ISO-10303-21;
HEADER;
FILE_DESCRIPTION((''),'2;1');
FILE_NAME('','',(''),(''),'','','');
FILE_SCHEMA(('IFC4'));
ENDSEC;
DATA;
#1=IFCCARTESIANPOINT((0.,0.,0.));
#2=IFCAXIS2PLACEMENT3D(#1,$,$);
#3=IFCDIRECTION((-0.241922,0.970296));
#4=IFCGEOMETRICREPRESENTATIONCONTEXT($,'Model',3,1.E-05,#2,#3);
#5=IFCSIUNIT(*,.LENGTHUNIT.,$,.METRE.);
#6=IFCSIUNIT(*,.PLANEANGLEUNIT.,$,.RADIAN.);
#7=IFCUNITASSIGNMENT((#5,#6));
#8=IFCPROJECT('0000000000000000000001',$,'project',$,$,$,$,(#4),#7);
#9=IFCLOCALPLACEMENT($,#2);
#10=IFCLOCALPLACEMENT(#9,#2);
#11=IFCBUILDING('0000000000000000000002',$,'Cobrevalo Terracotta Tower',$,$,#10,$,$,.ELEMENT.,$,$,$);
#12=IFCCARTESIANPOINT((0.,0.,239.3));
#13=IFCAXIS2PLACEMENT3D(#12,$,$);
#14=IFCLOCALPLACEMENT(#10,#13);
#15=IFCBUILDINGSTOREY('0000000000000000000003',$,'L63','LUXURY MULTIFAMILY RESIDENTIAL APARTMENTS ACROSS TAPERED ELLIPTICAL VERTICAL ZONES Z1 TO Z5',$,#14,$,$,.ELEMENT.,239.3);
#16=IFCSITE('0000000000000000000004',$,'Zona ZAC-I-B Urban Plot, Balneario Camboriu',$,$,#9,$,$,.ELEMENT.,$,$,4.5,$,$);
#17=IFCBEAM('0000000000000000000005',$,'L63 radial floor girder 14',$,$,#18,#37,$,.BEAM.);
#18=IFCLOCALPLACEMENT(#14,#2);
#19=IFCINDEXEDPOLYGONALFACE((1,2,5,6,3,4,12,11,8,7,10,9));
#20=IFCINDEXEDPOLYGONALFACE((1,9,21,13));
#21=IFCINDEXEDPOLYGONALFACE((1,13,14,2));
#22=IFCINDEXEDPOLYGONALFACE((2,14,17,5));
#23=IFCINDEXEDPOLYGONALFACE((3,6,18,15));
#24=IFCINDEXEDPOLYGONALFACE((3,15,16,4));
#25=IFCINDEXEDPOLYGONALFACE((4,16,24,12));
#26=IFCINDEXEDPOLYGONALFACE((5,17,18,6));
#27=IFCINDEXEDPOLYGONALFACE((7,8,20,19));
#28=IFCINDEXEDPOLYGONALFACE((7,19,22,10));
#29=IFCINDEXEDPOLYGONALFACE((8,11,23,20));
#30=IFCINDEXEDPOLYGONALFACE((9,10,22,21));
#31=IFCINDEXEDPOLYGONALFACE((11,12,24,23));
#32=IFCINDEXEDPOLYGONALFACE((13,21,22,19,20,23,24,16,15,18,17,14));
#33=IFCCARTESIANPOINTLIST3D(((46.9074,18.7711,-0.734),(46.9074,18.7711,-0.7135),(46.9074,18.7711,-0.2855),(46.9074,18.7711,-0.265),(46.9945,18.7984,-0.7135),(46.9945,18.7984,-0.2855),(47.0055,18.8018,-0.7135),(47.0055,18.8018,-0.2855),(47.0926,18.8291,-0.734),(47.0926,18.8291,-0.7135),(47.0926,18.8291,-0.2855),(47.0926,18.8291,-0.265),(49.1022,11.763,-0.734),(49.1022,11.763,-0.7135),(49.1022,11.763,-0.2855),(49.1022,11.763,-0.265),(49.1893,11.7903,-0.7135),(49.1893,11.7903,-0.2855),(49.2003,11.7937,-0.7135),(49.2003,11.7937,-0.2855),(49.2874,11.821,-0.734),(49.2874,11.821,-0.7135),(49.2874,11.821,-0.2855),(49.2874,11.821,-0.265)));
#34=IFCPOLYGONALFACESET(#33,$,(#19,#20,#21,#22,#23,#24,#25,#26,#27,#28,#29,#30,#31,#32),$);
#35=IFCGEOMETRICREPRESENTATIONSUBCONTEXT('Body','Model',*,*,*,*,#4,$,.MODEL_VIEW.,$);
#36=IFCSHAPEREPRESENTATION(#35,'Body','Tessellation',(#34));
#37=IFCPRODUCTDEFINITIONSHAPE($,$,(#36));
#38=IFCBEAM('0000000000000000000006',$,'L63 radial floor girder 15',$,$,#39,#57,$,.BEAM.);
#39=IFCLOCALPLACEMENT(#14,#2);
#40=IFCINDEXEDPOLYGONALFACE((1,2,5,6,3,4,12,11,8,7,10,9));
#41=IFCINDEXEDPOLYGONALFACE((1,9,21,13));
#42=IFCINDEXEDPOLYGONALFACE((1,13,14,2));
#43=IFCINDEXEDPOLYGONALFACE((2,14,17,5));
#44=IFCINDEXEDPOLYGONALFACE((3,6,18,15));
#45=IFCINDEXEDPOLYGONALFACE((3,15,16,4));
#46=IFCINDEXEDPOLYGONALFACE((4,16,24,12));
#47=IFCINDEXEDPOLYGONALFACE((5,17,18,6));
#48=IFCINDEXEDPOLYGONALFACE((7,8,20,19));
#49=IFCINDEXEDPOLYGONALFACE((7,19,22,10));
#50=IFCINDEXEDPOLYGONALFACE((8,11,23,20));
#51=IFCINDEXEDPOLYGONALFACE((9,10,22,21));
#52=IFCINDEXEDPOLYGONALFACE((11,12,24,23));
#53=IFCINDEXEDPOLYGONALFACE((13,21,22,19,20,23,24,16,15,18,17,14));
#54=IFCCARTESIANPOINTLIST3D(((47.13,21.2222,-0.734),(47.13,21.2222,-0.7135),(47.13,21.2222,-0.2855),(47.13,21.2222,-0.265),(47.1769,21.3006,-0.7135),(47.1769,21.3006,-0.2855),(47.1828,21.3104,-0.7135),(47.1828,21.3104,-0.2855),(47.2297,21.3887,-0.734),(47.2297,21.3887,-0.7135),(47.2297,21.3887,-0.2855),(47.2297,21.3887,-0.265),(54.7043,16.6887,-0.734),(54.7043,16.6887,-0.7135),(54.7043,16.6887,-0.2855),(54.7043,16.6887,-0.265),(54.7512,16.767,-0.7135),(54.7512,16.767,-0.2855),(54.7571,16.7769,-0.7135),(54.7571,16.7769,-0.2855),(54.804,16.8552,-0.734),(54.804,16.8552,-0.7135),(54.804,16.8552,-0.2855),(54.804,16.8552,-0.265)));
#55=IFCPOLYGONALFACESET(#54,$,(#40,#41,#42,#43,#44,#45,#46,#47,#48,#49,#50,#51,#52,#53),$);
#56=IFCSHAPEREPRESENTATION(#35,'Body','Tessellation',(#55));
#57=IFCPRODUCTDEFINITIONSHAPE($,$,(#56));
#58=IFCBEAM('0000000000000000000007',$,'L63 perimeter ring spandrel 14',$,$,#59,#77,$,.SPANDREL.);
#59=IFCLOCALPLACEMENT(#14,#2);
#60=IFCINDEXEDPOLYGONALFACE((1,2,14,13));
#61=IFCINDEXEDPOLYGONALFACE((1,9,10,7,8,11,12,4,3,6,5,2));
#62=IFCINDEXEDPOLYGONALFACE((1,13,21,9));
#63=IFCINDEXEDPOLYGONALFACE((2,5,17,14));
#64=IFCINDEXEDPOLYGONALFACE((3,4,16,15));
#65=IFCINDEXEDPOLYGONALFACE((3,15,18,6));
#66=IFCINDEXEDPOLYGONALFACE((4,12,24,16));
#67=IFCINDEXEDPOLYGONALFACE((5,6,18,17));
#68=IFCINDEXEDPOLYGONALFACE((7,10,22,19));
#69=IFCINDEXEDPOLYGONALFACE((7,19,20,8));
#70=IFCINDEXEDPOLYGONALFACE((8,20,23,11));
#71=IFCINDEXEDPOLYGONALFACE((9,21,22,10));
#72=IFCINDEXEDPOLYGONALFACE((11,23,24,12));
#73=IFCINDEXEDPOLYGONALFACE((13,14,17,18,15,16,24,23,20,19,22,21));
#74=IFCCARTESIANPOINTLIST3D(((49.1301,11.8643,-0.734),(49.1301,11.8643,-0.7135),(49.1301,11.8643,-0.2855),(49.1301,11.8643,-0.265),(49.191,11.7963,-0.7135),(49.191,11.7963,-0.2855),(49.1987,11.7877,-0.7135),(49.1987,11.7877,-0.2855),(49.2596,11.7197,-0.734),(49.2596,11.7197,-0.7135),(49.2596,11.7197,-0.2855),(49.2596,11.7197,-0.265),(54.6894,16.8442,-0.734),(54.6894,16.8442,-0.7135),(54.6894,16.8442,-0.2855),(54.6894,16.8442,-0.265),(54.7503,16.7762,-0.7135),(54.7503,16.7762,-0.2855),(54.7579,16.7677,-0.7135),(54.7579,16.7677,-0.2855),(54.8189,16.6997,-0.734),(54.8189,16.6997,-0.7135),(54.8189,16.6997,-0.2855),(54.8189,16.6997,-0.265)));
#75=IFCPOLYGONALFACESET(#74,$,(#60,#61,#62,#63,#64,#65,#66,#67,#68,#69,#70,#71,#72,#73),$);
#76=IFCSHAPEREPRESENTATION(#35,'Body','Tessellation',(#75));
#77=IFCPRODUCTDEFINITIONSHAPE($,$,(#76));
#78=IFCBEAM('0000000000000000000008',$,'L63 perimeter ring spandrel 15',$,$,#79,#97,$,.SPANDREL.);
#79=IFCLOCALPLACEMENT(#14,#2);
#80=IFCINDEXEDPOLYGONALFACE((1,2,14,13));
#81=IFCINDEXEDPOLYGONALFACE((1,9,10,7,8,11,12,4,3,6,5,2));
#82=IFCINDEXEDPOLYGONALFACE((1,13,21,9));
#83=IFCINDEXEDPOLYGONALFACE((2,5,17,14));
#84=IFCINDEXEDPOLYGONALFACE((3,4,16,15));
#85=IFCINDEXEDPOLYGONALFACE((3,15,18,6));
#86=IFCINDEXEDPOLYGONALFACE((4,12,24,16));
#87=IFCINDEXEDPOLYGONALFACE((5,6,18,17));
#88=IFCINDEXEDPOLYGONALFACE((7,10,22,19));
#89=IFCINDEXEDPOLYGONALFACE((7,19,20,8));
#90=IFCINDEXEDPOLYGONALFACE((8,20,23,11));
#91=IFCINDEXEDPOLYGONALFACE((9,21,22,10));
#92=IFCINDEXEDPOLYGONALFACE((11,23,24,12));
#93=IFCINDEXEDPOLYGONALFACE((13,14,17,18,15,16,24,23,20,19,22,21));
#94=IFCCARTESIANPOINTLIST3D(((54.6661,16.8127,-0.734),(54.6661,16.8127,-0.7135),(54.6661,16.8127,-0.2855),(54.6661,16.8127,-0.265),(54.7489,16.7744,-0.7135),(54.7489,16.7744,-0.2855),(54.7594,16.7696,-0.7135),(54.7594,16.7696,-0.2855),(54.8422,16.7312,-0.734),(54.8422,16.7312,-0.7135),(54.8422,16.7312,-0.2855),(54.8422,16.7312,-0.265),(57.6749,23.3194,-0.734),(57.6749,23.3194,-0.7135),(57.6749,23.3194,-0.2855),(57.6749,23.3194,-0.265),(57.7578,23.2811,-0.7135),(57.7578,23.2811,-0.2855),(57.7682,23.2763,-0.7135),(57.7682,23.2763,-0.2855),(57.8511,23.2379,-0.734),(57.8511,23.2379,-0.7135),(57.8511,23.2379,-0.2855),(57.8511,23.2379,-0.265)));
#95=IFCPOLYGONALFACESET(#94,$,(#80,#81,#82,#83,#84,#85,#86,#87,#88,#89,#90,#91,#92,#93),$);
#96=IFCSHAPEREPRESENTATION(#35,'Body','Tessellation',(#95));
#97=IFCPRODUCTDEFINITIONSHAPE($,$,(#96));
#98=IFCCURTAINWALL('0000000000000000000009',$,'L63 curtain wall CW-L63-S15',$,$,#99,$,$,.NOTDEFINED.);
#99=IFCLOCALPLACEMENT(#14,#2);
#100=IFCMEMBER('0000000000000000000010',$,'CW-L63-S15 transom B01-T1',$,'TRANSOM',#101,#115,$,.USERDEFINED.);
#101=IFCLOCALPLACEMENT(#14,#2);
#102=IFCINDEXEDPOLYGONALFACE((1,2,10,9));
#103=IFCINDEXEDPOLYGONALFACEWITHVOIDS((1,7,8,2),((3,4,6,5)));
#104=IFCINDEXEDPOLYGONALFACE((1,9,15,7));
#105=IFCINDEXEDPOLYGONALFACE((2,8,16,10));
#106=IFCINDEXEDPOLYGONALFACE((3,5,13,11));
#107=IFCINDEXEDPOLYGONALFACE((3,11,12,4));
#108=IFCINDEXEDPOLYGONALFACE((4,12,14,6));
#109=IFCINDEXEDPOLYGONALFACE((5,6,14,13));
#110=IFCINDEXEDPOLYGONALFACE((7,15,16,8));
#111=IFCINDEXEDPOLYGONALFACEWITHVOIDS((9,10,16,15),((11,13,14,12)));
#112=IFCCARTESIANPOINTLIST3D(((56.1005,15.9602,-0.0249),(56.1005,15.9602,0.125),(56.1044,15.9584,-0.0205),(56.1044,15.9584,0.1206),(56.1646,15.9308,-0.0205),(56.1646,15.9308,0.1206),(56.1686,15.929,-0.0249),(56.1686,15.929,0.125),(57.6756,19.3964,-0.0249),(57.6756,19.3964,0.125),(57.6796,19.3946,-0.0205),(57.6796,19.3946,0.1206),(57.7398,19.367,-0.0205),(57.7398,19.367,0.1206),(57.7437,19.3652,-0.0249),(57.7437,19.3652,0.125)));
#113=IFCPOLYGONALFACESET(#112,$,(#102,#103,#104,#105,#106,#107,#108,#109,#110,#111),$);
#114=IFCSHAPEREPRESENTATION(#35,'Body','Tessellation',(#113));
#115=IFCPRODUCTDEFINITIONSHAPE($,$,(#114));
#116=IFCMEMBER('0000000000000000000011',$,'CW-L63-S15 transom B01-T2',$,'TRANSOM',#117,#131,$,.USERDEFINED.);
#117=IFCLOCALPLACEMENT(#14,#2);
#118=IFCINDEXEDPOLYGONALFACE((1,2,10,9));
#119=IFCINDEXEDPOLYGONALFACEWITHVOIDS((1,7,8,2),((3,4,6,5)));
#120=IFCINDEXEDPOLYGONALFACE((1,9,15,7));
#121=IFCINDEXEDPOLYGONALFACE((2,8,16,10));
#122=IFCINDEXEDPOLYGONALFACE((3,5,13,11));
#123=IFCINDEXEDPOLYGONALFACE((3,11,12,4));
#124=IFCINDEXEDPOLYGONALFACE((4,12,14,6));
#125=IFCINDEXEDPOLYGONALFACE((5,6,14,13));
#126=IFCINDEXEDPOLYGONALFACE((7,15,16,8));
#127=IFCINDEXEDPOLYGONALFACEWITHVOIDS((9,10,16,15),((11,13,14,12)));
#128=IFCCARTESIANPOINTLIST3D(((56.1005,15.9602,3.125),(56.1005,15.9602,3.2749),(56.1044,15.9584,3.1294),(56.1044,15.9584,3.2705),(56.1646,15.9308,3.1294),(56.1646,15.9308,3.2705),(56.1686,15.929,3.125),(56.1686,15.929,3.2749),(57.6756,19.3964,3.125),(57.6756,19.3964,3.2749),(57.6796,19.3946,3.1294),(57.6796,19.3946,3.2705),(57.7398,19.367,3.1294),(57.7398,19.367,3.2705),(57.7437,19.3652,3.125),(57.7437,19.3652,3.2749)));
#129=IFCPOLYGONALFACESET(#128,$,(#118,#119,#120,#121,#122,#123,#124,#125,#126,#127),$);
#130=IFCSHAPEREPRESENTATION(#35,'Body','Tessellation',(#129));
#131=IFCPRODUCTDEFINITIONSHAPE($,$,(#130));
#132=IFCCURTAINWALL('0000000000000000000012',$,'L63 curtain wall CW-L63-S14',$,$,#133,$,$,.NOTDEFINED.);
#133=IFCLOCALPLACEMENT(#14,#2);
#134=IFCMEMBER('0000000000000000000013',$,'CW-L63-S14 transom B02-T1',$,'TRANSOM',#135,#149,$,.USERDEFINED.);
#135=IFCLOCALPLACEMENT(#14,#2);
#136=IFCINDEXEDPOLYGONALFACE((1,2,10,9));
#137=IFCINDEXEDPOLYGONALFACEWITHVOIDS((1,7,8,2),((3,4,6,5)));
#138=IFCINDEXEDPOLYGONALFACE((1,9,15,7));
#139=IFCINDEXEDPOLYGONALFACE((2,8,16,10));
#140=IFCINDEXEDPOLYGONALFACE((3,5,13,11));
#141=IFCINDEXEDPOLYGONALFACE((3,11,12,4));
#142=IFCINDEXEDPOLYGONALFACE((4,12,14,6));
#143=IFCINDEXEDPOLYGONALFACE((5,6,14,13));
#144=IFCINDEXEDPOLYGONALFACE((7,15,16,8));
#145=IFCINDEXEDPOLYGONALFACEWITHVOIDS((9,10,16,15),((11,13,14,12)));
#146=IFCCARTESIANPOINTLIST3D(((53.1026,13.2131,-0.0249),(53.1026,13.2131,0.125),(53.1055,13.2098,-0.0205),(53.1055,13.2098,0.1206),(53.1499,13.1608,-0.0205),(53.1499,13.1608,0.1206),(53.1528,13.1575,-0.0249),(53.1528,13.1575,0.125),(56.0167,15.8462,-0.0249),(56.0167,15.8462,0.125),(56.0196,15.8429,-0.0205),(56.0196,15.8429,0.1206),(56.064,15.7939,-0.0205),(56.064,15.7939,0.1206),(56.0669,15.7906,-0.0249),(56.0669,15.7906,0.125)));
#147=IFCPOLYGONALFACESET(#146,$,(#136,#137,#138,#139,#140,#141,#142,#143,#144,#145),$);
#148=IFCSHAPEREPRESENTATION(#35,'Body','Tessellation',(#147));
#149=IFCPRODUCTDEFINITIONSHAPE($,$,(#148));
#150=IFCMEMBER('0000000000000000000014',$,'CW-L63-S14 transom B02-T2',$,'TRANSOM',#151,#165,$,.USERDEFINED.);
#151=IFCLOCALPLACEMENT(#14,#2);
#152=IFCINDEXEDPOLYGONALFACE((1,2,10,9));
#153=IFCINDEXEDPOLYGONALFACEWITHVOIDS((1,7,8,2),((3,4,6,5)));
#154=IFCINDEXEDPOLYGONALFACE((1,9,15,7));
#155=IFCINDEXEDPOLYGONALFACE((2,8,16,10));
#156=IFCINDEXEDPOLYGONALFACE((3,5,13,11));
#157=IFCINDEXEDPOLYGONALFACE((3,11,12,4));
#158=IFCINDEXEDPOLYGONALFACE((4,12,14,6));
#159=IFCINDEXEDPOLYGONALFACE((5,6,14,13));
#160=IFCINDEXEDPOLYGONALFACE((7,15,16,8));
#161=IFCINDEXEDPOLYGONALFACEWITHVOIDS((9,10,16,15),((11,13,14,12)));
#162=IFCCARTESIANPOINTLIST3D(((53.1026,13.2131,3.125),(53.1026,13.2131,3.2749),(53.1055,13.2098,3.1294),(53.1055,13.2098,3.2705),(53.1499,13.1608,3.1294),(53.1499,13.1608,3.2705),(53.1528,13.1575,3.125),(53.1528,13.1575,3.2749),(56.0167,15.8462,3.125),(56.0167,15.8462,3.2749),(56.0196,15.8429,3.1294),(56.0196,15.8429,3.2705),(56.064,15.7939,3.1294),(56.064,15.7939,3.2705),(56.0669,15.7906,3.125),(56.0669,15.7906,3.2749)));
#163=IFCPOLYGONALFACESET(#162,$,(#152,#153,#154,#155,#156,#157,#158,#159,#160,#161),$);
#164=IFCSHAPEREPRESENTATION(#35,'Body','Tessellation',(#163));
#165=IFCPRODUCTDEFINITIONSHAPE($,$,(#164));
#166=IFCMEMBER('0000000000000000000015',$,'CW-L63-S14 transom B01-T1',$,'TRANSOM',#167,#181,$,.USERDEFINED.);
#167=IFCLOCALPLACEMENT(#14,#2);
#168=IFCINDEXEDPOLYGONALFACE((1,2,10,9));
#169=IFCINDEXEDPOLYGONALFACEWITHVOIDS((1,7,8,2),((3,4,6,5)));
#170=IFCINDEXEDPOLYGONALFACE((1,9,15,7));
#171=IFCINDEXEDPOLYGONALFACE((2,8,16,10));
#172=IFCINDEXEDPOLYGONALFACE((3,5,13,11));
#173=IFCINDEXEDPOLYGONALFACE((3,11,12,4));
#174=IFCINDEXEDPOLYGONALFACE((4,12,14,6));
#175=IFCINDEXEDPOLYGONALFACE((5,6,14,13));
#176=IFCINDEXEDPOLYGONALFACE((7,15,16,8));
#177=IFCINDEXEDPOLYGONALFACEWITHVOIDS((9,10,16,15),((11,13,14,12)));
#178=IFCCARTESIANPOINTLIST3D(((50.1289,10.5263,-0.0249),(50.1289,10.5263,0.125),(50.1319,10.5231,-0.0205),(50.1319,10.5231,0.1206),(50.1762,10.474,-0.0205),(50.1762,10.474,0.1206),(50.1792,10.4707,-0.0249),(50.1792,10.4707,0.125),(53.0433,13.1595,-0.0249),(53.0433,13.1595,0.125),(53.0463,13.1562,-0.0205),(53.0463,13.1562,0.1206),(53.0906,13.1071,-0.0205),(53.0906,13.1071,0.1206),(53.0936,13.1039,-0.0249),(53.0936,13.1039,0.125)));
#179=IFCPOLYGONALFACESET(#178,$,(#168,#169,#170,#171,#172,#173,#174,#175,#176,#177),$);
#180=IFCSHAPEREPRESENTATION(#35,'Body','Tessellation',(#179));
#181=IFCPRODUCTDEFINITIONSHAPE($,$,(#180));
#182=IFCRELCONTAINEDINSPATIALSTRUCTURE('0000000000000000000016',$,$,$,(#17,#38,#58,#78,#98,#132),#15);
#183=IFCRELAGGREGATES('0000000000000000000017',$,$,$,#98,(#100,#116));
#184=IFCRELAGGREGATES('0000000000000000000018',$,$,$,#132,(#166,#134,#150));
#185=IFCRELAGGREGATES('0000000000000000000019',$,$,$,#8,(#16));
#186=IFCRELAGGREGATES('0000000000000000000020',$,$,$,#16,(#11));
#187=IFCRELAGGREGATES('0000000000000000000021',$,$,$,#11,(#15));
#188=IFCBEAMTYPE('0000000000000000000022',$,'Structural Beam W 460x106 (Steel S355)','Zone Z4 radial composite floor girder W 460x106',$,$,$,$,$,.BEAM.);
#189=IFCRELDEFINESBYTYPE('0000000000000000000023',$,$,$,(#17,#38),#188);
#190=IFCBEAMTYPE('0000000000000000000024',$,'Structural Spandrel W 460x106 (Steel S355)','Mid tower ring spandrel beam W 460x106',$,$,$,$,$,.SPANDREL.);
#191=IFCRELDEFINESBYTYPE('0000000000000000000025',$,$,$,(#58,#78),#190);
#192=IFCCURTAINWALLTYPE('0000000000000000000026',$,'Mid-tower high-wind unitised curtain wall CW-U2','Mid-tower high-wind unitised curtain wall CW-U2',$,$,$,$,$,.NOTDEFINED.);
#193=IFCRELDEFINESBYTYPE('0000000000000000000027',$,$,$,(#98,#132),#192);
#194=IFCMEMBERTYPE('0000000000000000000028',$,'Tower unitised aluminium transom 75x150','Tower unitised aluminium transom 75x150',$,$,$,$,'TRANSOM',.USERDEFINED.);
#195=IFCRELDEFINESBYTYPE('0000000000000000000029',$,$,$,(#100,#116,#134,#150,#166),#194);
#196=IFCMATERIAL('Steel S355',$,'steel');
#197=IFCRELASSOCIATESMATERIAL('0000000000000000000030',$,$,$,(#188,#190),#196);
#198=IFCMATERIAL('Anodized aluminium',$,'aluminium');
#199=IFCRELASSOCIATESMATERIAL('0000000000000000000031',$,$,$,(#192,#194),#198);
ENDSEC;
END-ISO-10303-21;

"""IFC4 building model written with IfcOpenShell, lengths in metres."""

from ifc_helpers import new_model, si_unit, direction, frame, origin, origin_2d, place, context, subcontext, project, spatial, hollow_rectangle, i_section, extrude, source, transform, mapped, material, material_profile, profile_set, type_object, element, aggregate, save


model = new_model("IFC4")

# Units and contexts
model_context = context("Model", 3, precision=1e-05, world=origin(), true_north=direction((-0.241922, 0.970296)))
body_context = subcontext(model_context, "Body", "Model", "MODEL_VIEW")
ifc_project = project(units=[si_unit("LENGTHUNIT", "METRE"), si_unit("PLANEANGLEUNIT", "RADIAN")], contexts=[model_context])

# Site, building, storey
site_placement = place(None, origin())
site = spatial("IfcSite", under=ifc_project, at=site_placement, Name="Zona ZAC-I-B Urban Plot, Balneario Camboriu", CompositionType="ELEMENT", RefElevation=4.5)
building_placement = place(site_placement, origin())
building = spatial("IfcBuilding", under=site, at=building_placement, Name="Cobrevalo Terracotta Tower", CompositionType="ELEMENT")
storey_placement = place(building_placement, frame((0.0, 0.0, 239.3)))
storey = spatial("IfcBuildingStorey", under=building, at=storey_placement, Name="L63", Description="LUXURY MULTIFAMILY RESIDENTIAL APARTMENTS ACROSS TAPERED ELLIPTICAL VERTICAL ZONES Z1 TO Z5", CompositionType="ELEMENT", Elevation=239.3)

# Shared definitions
ifc_material_1 = material(Name="Steel S355", Category="steel")

# Beams
ifc_material_profile_1 = material_profile(ifc_material_1, i_section(OverallWidth=0.1941, OverallDepth=0.469, WebThickness=0.0115, FlangeThickness=0.0205, at=origin_2d()), Name="W 460x106")
ifc_profile_set_1 = profile_set([ifc_material_profile_1], Name="Steel S355")
beam_type_1 = type_object("IfcBeamType", Name="Structural Beam W 460x106 (Steel S355)", Description="Zone Z4 radial composite floor girder W 460x106", PredefinedType="BEAM", material=ifc_profile_set_1)
beam_1_placement = place(storey_placement, frame((49.1948, 11.792, -0.4995), z_axis=(-0.298871, 0.954293, 0.0), x_axis=(-0.954293, -0.298871, 0.0)))
element("IfcBeam", 1, at=beam_1_placement, inside=storey, type_object=beam_type_1, Name="L63 radial floor girder 14", PredefinedType="BEAM", context=body_context, shape_type="SweptSolid", body=[
    extrude(i_section(OverallWidth=0.1941, OverallDepth=0.469, WebThickness=0.0115, FlangeThickness=0.0205, at=origin_2d()), origin(), (0.0, 0.0, 1.0), 7.3438),
])
beam_2_placement = place(storey_placement, frame((54.7542, 16.772, -0.4995), z_axis=(-0.858046, 0.513572, 0.0), x_axis=(-0.513572, -0.858046, 0.0)))
element("IfcBeam", 2, at=beam_2_placement, inside=storey, type_object=beam_type_1, Name="L63 radial floor girder 15", PredefinedType="BEAM", context=body_context, shape_type="SweptSolid", body=[
    extrude(i_section(OverallWidth=0.1941, OverallDepth=0.469, WebThickness=0.0115, FlangeThickness=0.0205, at=origin_2d()), origin(), (0.0, 0.0, 1.0), 8.8274),
])
ifc_material_profile_2 = material_profile(ifc_material_1, i_section(OverallWidth=0.1941, OverallDepth=0.469, WebThickness=0.0115, FlangeThickness=0.0205, at=origin_2d()), Name="W 460x106")
ifc_profile_set_2 = profile_set([ifc_material_profile_2], Name="Steel S355")
beam_type_2 = type_object("IfcBeamType", Name="Structural Spandrel W 460x106 (Steel S355)", Description="Mid tower ring spandrel beam W 460x106", PredefinedType="SPANDREL", material=ifc_profile_set_2)
beam_3_placement = place(storey_placement, frame((49.1948, 11.792, -0.4995), z_axis=(0.744852, 0.66723, 0.0), x_axis=(-0.66723, 0.744852, 0.0)))
element("IfcBeam", 3, at=beam_3_placement, inside=storey, type_object=beam_type_2, Name="L63 perimeter ring spandrel 14", PredefinedType="SPANDREL", context=body_context, shape_type="SweptSolid", body=[
    extrude(i_section(OverallWidth=0.1941, OverallDepth=0.469, WebThickness=0.0115, FlangeThickness=0.0205, at=origin_2d()), origin(), (0.0, 0.0, 1.0), 7.4636),
])
beam_4_placement = place(storey_placement, frame((54.7542, 16.772, -0.4995), z_axis=(0.419719, 0.907654, 0.0), x_axis=(-0.907654, 0.419719, 0.0)))
element("IfcBeam", 4, at=beam_4_placement, inside=storey, type_object=beam_type_2, Name="L63 perimeter ring spandrel 15", PredefinedType="SPANDREL", context=body_context, shape_type="SweptSolid", body=[
    extrude(i_section(OverallWidth=0.1941, OverallDepth=0.469, WebThickness=0.0115, FlangeThickness=0.0205, at=origin_2d()), origin(), (0.0, 0.0, 1.0), 7.1687),
])

# Curtain walls, members
ifc_material_2 = material(Name="Anodized aluminium", Category="aluminium")
curtain_wall_type = type_object("IfcCurtainWallType", Name="Mid-tower high-wind unitised curtain wall CW-U2", Description="Mid-tower high-wind unitised curtain wall CW-U2", PredefinedType="NOTDEFINED", material=ifc_material_2)
curtain_wall_1_placement = place(storey_placement, origin())
curtain_wall_1 = element("IfcCurtainWall", 5, at=curtain_wall_1_placement, inside=storey, type_object=curtain_wall_type, Name="L63 curtain wall CW-L63-S15", PredefinedType="NOTDEFINED")
ifc_material_profile_3 = material_profile(ifc_material_2, hollow_rectangle(XDim=0.075, YDim=0.1499, WallThickness=0.0044, at=origin_2d()), Name="CWT 75x150")
ifc_profile_set_3 = profile_set([ifc_material_profile_3], Name="Anodized aluminium")
member_type_1 = type_object("IfcMemberType", Name="Tower unitised aluminium transom 75x150", Description="Tower unitised aluminium transom 75x150", ElementType="TRANSOM", PredefinedType="USERDEFINED", material=ifc_profile_set_3)
shared_shape_1 = source(origin(), body_context, "Body", "SweptSolid", [
    extrude(hollow_rectangle(XDim=0.075, YDim=0.1499, WallThickness=0.0044, at=origin_2d()), origin(), (0.0, 0.0, 1.0), 3.78),
])
member_1_placement = place(storey_placement, frame((56.1345, 15.9446, 0.05), z_axis=(0.416706, 0.909041, 0.0), x_axis=(-0.909041, 0.416706, 0.0)))
member_1 = element("IfcMember", 6, at=member_1_placement, type_object=member_type_1, Name="CW-L63-S15 transom B01-T1", ObjectType="TRANSOM", PredefinedType="USERDEFINED", context=body_context, shape_type="MappedRepresentation", body=[
    mapped(shared_shape_1, transform((0.0, 0.0, 0.0), scale=1.0)),
])
member_2_placement = place(storey_placement, frame((56.1345, 15.9446, 3.2), z_axis=(0.416706, 0.909041, 0.0), x_axis=(-0.909041, 0.416706, 0.0)))
member_2 = element("IfcMember", 7, at=member_2_placement, type_object=member_type_1, Name="CW-L63-S15 transom B01-T2", ObjectType="TRANSOM", PredefinedType="USERDEFINED", context=body_context, shape_type="MappedRepresentation", body=[
    mapped(shared_shape_1, transform((0.0, 0.0, 0.0), scale=1.0)),
])
curtain_wall_2_placement = place(storey_placement, origin())
curtain_wall_2 = element("IfcCurtainWall", 8, at=curtain_wall_2_placement, inside=storey, type_object=curtain_wall_type, Name="L63 curtain wall CW-L63-S14", PredefinedType="NOTDEFINED")
shared_shape_2 = source(origin(), body_context, "Body", "SweptSolid", [
    extrude(hollow_rectangle(XDim=0.075, YDim=0.1499, WallThickness=0.0044, at=origin_2d()), origin(), (0.0, 0.0, 1.0), 3.9275),
])
member_3_placement = place(storey_placement, frame((53.1277, 13.1853, 0.05), z_axis=(0.741976, 0.670426, 0.0), x_axis=(-0.670426, 0.741976, 0.0)))
member_3 = element("IfcMember", 9, at=member_3_placement, type_object=member_type_1, Name="CW-L63-S14 transom B02-T1", ObjectType="TRANSOM", PredefinedType="USERDEFINED", context=body_context, shape_type="MappedRepresentation", body=[
    mapped(shared_shape_2, transform((0.0, 0.0, 0.0), scale=1.0)),
])
member_4_placement = place(storey_placement, frame((53.1277, 13.1853, 3.2), z_axis=(0.741976, 0.670426, 0.0), x_axis=(-0.670426, 0.741976, 0.0)))
member_4 = element("IfcMember", 10, at=member_4_placement, type_object=member_type_1, Name="CW-L63-S14 transom B02-T2", ObjectType="TRANSOM", PredefinedType="USERDEFINED", context=body_context, shape_type="MappedRepresentation", body=[
    mapped(shared_shape_2, transform((0.0, 0.0, 0.0), scale=1.0)),
])
shared_shape_3 = source(origin(), body_context, "Body", "SweptSolid", [
    extrude(hollow_rectangle(XDim=0.075, YDim=0.1499, WallThickness=0.0044, at=origin_2d()), origin(), (0.0, 0.0, 1.0), 3.9277),
])
member_5_placement = place(storey_placement, frame((50.1541, 10.4985, 0.05), z_axis=(0.742004, 0.670396, 0.0), x_axis=(-0.670396, 0.742004, 0.0)))
member_5 = element("IfcMember", 11, at=member_5_placement, type_object=member_type_1, Name="CW-L63-S14 transom B01-T1", ObjectType="TRANSOM", PredefinedType="USERDEFINED", context=body_context, shape_type="MappedRepresentation", body=[
    mapped(shared_shape_3, transform((0.0, 0.0, 0.0), scale=1.0)),
])

aggregate(curtain_wall_1, [member_1, member_2])

aggregate(curtain_wall_2, [member_5, member_3, member_4])

save(model, "model.ifc")
